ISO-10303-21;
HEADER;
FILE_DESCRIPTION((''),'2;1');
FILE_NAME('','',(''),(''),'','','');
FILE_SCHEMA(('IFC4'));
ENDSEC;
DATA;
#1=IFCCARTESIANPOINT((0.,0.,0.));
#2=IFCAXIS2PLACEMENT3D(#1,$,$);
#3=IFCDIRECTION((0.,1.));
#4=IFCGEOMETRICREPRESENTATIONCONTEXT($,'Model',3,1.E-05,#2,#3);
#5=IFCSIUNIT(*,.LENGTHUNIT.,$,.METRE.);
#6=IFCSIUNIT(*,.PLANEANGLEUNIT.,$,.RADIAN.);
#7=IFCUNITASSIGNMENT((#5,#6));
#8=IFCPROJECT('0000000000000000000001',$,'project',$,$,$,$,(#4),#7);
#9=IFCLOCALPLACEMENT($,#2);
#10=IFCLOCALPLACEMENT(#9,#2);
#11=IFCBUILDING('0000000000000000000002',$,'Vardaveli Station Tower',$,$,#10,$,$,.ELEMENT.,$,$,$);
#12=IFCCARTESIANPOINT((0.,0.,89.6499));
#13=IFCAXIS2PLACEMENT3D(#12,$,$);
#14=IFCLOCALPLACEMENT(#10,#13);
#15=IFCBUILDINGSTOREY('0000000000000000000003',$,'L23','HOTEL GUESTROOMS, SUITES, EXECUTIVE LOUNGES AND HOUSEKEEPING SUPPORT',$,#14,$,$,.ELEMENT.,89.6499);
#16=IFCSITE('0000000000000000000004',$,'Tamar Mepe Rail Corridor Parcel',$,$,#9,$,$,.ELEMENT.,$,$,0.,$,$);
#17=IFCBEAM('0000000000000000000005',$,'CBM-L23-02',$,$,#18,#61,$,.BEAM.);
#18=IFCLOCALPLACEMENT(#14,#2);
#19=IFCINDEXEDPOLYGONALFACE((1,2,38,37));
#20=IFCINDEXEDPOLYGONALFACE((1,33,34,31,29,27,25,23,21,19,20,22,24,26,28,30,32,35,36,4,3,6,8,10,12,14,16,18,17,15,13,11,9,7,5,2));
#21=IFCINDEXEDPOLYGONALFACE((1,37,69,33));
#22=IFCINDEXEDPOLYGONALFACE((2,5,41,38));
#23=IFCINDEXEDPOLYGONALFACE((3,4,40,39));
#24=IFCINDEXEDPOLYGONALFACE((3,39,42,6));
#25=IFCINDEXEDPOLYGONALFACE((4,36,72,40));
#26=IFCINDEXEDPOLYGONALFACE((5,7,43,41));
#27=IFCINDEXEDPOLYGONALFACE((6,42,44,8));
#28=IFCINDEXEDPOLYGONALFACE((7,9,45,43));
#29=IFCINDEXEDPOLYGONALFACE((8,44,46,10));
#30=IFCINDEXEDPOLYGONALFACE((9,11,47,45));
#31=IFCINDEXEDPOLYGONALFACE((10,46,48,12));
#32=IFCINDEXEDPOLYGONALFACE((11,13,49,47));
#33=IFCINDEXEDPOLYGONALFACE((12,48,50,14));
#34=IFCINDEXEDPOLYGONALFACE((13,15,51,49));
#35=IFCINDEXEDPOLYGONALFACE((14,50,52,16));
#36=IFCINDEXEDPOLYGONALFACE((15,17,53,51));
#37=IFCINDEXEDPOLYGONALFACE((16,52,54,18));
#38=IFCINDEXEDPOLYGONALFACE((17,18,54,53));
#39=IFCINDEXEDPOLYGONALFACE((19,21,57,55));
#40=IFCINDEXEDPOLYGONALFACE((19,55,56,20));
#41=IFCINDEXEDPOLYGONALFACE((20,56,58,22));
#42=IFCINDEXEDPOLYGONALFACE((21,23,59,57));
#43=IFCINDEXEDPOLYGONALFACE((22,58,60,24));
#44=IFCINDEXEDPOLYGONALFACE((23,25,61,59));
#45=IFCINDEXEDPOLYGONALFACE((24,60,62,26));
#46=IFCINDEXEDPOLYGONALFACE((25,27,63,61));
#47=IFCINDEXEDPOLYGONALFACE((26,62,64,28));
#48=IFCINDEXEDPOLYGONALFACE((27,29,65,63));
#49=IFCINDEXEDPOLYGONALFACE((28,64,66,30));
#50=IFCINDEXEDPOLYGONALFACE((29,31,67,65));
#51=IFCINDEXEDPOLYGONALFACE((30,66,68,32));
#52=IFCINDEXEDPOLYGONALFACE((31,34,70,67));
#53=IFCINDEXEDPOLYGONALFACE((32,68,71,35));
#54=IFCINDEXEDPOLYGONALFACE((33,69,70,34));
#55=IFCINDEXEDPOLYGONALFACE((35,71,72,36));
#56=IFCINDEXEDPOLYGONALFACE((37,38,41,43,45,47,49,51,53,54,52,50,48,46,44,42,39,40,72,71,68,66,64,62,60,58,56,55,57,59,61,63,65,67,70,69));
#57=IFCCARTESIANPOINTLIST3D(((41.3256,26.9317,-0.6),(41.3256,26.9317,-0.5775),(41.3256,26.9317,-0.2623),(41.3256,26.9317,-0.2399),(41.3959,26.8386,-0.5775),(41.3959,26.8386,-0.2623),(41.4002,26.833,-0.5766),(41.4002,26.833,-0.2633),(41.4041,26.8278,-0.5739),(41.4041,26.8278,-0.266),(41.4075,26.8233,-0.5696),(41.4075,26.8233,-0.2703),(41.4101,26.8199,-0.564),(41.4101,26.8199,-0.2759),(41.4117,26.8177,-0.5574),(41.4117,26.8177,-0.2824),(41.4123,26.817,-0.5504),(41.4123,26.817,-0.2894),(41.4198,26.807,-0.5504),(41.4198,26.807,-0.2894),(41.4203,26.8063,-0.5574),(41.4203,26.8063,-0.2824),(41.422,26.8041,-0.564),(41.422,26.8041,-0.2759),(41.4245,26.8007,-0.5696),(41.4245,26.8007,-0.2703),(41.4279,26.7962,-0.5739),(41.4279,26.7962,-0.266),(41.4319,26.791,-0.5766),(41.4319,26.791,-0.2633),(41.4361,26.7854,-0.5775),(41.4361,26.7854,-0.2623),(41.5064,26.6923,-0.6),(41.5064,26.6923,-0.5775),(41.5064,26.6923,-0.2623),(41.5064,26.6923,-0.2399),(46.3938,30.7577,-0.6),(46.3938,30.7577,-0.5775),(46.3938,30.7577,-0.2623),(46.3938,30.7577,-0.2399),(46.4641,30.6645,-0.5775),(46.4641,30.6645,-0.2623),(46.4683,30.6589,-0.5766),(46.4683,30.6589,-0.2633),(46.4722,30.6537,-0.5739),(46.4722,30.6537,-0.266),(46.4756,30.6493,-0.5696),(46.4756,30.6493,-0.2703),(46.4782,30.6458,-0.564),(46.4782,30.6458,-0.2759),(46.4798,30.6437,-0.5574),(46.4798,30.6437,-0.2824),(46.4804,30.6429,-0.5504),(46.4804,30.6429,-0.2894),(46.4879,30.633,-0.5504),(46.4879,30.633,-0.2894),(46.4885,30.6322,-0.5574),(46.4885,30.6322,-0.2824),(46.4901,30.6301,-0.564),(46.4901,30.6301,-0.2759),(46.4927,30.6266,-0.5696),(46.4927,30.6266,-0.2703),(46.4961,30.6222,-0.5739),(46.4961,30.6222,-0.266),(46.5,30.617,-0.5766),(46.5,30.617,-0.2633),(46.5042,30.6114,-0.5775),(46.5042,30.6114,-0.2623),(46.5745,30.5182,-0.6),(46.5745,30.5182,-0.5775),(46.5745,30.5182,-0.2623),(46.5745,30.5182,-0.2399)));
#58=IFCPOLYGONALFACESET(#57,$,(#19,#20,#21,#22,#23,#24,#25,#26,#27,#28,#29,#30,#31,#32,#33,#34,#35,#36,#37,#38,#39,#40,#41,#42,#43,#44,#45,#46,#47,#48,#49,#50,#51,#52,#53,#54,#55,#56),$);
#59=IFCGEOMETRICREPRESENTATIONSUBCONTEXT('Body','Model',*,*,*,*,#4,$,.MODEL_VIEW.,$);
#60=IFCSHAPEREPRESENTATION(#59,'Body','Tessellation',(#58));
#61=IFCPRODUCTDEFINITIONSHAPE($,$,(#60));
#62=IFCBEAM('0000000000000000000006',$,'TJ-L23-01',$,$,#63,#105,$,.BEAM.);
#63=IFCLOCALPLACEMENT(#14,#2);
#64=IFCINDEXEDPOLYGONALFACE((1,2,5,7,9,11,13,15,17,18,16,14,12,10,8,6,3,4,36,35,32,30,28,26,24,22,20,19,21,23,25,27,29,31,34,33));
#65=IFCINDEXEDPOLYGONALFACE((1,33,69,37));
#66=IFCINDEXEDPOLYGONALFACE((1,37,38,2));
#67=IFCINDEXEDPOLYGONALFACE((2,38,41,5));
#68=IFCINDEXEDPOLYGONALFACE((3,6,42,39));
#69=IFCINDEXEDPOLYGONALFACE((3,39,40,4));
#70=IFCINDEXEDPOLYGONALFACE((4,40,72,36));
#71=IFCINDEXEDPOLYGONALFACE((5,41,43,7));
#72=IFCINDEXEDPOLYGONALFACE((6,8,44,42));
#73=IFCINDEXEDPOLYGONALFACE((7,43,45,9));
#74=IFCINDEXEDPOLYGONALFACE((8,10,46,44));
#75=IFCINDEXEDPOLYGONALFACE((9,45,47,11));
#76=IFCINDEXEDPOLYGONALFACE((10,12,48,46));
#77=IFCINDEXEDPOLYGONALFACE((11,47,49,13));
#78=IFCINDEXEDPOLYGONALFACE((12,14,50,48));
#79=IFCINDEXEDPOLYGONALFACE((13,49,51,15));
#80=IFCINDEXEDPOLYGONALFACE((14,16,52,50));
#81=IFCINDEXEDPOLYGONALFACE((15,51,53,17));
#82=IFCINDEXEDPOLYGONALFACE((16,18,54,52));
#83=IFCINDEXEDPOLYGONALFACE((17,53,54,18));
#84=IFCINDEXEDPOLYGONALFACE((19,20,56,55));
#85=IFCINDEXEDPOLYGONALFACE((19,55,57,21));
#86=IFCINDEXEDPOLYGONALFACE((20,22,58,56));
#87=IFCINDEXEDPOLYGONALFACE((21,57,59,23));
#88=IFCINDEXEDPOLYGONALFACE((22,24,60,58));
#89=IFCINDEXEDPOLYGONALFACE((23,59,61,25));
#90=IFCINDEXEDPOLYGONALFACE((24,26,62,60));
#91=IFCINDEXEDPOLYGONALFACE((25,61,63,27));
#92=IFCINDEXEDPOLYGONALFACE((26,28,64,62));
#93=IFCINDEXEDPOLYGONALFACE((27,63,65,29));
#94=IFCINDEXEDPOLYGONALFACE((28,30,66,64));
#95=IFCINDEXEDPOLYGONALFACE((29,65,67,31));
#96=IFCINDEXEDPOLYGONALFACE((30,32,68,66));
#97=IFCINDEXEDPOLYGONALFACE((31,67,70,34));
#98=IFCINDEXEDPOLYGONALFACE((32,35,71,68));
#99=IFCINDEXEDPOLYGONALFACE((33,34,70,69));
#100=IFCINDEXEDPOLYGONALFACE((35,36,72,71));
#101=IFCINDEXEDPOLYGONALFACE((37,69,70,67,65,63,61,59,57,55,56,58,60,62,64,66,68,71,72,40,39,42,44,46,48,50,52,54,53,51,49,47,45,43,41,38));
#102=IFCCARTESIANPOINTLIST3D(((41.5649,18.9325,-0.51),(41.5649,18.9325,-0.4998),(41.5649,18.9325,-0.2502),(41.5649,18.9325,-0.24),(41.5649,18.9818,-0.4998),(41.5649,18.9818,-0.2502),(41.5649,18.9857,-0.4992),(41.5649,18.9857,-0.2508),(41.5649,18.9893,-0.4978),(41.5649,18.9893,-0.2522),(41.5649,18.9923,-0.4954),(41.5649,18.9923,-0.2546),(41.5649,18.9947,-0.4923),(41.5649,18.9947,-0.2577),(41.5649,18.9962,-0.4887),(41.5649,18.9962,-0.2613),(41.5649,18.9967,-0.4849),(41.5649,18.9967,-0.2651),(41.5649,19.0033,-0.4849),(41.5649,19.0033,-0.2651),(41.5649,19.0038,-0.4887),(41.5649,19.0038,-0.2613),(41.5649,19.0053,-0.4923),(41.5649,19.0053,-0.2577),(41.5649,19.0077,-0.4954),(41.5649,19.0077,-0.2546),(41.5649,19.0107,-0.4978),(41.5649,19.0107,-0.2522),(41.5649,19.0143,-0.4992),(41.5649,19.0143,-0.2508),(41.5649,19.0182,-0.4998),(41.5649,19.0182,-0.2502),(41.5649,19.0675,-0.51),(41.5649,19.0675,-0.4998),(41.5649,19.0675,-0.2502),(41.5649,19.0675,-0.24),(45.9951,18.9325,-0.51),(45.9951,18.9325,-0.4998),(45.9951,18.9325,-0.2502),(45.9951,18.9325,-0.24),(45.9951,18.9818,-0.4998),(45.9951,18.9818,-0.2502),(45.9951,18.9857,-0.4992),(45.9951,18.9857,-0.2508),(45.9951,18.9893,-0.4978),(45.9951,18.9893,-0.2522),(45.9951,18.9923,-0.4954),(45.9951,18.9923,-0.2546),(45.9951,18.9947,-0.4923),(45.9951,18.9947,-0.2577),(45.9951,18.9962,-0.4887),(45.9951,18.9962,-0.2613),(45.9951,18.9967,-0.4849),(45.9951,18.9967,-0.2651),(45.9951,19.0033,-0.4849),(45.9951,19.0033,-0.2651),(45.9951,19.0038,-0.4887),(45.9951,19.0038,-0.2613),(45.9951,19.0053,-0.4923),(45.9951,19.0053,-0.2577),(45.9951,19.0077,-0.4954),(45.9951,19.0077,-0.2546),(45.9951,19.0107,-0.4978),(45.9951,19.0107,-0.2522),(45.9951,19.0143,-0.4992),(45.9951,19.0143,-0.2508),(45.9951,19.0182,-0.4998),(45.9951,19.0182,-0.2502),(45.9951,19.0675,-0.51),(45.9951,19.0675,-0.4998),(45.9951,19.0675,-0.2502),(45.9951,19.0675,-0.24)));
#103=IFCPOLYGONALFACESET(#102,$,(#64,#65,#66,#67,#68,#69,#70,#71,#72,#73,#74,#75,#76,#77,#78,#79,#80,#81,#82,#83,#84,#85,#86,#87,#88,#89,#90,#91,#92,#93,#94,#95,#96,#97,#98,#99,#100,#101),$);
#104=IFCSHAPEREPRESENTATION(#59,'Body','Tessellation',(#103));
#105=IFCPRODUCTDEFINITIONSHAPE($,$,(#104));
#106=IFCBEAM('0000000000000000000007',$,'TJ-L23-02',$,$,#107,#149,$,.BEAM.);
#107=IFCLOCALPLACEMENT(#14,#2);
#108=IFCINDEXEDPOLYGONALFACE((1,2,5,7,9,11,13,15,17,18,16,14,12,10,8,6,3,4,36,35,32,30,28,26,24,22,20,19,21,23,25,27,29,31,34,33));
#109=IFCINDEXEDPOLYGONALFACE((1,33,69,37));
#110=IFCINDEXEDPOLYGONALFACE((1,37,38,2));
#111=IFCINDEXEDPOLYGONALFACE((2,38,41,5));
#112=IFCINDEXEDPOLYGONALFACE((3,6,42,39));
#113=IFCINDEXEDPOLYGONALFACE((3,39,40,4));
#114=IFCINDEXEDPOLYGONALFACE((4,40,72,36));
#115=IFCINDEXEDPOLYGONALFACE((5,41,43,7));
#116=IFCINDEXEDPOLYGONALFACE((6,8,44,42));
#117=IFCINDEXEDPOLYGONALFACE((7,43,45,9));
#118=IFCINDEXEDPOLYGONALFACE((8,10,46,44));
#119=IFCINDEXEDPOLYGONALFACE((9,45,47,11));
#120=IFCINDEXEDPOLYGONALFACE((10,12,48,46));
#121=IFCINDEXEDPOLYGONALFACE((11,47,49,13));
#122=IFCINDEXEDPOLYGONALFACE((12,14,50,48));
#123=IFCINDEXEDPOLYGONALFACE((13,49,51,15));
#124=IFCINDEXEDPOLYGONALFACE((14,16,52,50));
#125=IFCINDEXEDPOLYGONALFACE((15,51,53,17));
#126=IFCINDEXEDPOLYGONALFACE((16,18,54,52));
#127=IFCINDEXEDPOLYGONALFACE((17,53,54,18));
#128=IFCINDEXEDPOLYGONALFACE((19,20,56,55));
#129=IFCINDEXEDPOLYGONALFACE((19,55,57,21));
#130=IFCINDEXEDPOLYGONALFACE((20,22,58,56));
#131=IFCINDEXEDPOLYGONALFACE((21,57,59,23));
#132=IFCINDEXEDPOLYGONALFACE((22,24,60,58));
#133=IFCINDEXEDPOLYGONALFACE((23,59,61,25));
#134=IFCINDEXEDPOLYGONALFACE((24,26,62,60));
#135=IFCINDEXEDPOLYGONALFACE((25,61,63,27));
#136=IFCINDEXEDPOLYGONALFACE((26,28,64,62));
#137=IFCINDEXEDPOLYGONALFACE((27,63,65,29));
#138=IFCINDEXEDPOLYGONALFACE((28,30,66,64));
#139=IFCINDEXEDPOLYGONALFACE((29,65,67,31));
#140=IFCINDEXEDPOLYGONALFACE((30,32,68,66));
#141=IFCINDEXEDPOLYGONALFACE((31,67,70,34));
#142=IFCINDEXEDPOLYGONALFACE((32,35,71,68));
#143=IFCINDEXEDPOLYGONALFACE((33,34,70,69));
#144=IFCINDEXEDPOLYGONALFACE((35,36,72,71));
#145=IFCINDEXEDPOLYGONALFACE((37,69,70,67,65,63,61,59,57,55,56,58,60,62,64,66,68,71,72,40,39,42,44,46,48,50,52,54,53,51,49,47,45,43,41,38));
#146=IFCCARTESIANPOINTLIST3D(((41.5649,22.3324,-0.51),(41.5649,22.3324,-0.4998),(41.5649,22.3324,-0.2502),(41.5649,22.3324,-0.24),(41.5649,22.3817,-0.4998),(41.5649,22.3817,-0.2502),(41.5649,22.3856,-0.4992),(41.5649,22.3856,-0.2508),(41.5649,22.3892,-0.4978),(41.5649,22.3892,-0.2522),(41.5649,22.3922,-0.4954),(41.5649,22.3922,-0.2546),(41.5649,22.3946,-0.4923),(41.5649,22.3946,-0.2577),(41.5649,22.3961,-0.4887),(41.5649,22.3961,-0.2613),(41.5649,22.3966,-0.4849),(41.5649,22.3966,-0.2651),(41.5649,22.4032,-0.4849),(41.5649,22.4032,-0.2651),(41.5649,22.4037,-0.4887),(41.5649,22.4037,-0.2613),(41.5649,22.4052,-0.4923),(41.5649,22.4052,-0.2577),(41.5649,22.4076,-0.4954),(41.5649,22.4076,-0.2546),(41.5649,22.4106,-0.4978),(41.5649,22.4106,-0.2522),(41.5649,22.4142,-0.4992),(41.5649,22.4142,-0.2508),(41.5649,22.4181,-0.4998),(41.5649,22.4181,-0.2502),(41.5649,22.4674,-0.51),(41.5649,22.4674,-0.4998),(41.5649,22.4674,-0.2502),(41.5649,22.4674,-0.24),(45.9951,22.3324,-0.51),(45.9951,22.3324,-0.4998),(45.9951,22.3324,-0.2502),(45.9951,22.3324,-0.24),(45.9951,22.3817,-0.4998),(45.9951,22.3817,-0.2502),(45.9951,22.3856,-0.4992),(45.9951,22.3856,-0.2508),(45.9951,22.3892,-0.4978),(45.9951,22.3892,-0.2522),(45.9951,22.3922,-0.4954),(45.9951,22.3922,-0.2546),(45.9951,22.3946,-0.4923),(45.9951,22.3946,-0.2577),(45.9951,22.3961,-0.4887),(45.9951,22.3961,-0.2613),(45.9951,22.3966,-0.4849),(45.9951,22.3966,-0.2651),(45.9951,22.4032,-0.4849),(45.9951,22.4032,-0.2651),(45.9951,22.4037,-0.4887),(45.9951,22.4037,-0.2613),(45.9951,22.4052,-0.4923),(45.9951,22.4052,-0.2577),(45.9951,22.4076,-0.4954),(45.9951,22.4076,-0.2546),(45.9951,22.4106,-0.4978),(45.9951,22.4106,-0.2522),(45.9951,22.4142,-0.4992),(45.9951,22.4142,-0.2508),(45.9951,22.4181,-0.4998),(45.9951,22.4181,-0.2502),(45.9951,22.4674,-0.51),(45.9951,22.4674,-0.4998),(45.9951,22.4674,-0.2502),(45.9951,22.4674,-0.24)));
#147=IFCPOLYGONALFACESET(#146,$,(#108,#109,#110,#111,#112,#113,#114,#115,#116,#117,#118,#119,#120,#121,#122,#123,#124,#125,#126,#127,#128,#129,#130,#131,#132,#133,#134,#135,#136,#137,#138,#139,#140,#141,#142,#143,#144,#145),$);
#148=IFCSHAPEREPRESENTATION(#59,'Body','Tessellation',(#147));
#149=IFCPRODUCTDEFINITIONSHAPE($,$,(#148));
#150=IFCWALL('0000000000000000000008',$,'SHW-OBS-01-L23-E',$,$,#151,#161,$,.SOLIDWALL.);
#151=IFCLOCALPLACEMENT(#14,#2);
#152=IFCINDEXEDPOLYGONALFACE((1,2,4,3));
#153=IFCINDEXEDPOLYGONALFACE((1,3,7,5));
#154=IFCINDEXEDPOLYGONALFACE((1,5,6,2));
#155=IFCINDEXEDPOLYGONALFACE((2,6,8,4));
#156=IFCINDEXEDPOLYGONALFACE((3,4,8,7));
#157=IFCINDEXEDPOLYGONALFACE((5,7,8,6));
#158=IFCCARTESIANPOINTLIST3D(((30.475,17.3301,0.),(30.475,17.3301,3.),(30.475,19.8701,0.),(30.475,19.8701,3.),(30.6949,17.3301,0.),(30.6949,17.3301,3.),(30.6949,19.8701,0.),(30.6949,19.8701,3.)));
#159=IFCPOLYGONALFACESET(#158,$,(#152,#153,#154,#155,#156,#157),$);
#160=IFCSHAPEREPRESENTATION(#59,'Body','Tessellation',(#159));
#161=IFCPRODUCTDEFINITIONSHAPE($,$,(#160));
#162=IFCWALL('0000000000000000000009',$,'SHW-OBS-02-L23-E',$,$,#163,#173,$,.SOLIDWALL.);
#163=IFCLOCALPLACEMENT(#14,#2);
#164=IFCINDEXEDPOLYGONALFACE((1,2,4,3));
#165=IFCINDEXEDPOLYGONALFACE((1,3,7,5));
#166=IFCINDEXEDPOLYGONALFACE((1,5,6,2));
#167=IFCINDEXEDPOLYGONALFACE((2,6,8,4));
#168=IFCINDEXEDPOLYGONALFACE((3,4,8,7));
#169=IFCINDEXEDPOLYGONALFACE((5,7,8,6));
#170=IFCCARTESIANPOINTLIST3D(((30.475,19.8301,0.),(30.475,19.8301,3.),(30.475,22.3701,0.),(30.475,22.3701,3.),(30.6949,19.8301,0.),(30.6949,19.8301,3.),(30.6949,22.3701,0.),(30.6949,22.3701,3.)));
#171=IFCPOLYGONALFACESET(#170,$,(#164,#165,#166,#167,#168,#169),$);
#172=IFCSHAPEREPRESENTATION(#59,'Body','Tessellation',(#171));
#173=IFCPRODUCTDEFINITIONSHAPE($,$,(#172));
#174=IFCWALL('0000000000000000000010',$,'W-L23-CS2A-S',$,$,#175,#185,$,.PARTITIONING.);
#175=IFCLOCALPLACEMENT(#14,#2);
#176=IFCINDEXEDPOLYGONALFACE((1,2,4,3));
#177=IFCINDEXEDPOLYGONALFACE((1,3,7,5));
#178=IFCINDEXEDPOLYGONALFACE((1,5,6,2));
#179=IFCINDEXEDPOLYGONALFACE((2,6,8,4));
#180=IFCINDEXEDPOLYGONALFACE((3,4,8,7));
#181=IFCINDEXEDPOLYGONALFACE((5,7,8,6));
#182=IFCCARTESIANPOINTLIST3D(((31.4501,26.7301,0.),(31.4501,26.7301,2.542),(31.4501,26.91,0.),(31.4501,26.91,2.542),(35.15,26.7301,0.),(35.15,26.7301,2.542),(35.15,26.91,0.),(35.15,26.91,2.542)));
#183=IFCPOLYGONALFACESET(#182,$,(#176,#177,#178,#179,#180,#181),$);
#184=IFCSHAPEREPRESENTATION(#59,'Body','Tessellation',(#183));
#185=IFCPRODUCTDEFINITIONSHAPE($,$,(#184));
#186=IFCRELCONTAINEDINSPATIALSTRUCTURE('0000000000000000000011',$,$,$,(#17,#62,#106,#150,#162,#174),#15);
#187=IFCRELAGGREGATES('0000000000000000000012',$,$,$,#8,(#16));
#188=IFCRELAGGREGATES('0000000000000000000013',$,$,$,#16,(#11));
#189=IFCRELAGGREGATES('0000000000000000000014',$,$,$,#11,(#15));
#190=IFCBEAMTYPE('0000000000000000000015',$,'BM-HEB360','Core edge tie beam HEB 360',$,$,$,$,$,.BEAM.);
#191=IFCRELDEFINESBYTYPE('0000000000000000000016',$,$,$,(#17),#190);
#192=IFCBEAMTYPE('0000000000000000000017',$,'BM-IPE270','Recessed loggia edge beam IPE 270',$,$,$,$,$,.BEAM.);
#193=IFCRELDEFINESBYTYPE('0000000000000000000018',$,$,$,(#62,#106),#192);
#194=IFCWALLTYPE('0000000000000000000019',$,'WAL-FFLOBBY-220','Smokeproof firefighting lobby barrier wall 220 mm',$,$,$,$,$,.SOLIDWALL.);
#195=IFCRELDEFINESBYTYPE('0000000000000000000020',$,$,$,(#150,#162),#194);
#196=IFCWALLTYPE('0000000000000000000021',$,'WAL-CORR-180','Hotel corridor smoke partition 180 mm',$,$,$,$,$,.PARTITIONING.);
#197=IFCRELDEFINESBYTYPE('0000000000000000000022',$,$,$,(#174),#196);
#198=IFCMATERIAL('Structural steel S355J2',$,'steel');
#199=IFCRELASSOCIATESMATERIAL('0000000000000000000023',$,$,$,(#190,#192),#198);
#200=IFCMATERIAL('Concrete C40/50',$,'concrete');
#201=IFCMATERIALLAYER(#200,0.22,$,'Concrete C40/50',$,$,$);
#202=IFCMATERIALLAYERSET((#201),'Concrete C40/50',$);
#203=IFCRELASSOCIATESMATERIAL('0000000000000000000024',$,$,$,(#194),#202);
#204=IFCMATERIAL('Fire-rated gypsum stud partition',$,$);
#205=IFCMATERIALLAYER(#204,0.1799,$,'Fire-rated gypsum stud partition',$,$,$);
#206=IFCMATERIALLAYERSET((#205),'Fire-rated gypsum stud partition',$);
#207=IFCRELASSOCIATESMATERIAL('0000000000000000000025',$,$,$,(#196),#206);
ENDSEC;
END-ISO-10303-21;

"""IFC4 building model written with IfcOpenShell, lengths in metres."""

from ifc_helpers import new_model, si_unit, direction, frame, frame_2d, origin, origin_2d, place, context, subcontext, project, spatial, rectangle, i_section, extrude, source, transform, mapped, material, layer, layer_set, material_profile, profile_set, type_object, element, save


model = new_model("IFC4")

# Units and contexts
model_context = context("Model", 3, precision=1e-05, world=origin(), true_north=direction((0.0, 1.0)))
body_context = subcontext(model_context, "Body", "Model", "MODEL_VIEW")
ifc_project = project(units=[si_unit("LENGTHUNIT", "METRE"), si_unit("PLANEANGLEUNIT", "RADIAN")], contexts=[model_context])

# Site, building, storey
site_placement = place(None, origin())
site = spatial("IfcSite", under=ifc_project, at=site_placement, Name="Tamar Mepe Rail Corridor Parcel", CompositionType="ELEMENT", RefElevation=0.0)
building_placement = place(site_placement, origin())
building = spatial("IfcBuilding", under=site, at=building_placement, Name="Vardaveli Station Tower", CompositionType="ELEMENT")
storey_placement = place(building_placement, frame((0.0, 0.0, 89.6499)))
storey = spatial("IfcBuildingStorey", under=building, at=storey_placement, Name="L23", Description="HOTEL GUESTROOMS, SUITES, EXECUTIVE LOUNGES AND HOUSEKEEPING SUPPORT", CompositionType="ELEMENT", Elevation=89.6499)

# Beams
ifc_material_1 = material(Name="Structural steel S355J2", Category="steel")
ifc_material_profile_1 = material_profile(ifc_material_1, i_section(OverallWidth=0.3, OverallDepth=0.3601, WebThickness=0.0125, FlangeThickness=0.0225, FilletRadius=0.0271, at=origin_2d()), Name="HEB 360")
ifc_profile_set_1 = profile_set([ifc_material_profile_1], Name="Structural steel S355J2")
beam_type_1 = type_object("IfcBeamType", Name="BM-HEB360", Description="Core edge tie beam HEB 360", PredefinedType="BEAM", material=ifc_profile_set_1)
shared_shape_1 = source(origin(), body_context, "Body", "SweptSolid", [
    extrude(i_section(OverallWidth=0.3, OverallDepth=0.3601, WebThickness=0.0125, FlangeThickness=0.0225, FilletRadius=0.0271, at=origin_2d()), origin(), (0.0, 0.0, 1.0), 6.3501),
])
beam_1_placement = place(storey_placement, frame((41.416, 26.812, -0.4199), z_axis=(0.798118, 0.602501, 0.0), x_axis=(-0.602501, 0.798118, 0.0)))
element("IfcBeam", 1, at=beam_1_placement, inside=storey, type_object=beam_type_1, Name="CBM-L23-02", PredefinedType="BEAM", context=body_context, shape_type="MappedRepresentation", body=[
    mapped(shared_shape_1, transform((0.0, 0.0, 0.0), scale=1.0)),
])
ifc_material_profile_2 = material_profile(ifc_material_1, i_section(OverallWidth=0.135, OverallDepth=0.27, WebThickness=0.0066, FlangeThickness=0.0103, FilletRadius=0.0149, at=origin_2d()), Name="IPE 270")
ifc_profile_set_2 = profile_set([ifc_material_profile_2], Name="Structural steel S355J2")
beam_type_2 = type_object("IfcBeamType", Name="BM-IPE270", Description="Recessed loggia edge beam IPE 270", PredefinedType="BEAM", material=ifc_profile_set_2)
shared_shape_2 = source(origin(), body_context, "Body", "SweptSolid", [
    extrude(i_section(OverallWidth=0.135, OverallDepth=0.27, WebThickness=0.0066, FlangeThickness=0.0103, FilletRadius=0.0149, at=origin_2d()), origin(), (0.0, 0.0, 1.0), 4.4302),
])
for number, where, z_axis, x_axis, name in (
    (2, (41.5649, 19.0, -0.375), (1.0, 0.0, 0.0), (0.0, 1.0, 0.0), "TJ-L23-01"),
    (3, (41.5649, 22.3999, -0.375), (1.0, 0.0, 0.0), (0.0, 1.0, 0.0), "TJ-L23-02"),
):
    element("IfcBeam", number, at=place(storey_placement, frame(where, z_axis=z_axis, x_axis=x_axis)), inside=storey, type_object=beam_type_2, Name=name, PredefinedType="BEAM", context=body_context, shape_type="MappedRepresentation", body=[
        mapped(shared_shape_2, transform((0.0, 0.0, 0.0), scale=1.0)),
    ])

# Walls
ifc_material_2 = material(Name="Concrete C40/50", Category="concrete")
ifc_layer_1 = layer(ifc_material_2, 0.22, Name="Concrete C40/50")
ifc_layer_set_1 = layer_set([ifc_layer_1], Name="Concrete C40/50")
wall_type_1 = type_object("IfcWallType", Name="WAL-FFLOBBY-220", Description="Smokeproof firefighting lobby barrier wall 220 mm", PredefinedType="SOLIDWALL", material=ifc_layer_set_1)
shared_shape_3 = source(origin(), body_context, "Body", "SweptSolid", [
    extrude(rectangle(XDim=2.54, YDim=0.22, at=frame_2d((1.27, 0.0))), origin(), (0.0, 0.0, 1.0), 3.0),
])
for number, where, z_axis, x_axis, name in (
    (4, (30.585, 17.3301, 0.0), (0.0, 0.0, 1.0), (0.0, 1.0, 0.0), "SHW-OBS-01-L23-E"),
    (5, (30.585, 19.8301, 0.0), (0.0, 0.0, 1.0), (0.0, 1.0, 0.0), "SHW-OBS-02-L23-E"),
):
    element("IfcWall", number, at=place(storey_placement, frame(where, z_axis=z_axis, x_axis=x_axis)), inside=storey, type_object=wall_type_1, Name=name, PredefinedType="SOLIDWALL", context=body_context, shape_type="MappedRepresentation", body=[
        mapped(shared_shape_3, transform((0.0, 0.0, 0.0), scale=1.0)),
    ])
ifc_material_3 = material(Name="Fire-rated gypsum stud partition")
ifc_layer_2 = layer(ifc_material_3, 0.1799, Name="Fire-rated gypsum stud partition")
ifc_layer_set_2 = layer_set([ifc_layer_2], Name="Fire-rated gypsum stud partition")
wall_type_2 = type_object("IfcWallType", Name="WAL-CORR-180", Description="Hotel corridor smoke partition 180 mm", PredefinedType="PARTITIONING", material=ifc_layer_set_2)
shared_shape_4 = source(origin(), body_context, "Body", "SweptSolid", [
    extrude(rectangle(XDim=3.7, YDim=0.1799, at=frame_2d((1.8501, 0.0))), origin(), (0.0, 0.0, 1.0), 2.542),
])
wall_1_placement = place(storey_placement, frame((31.45, 26.8201, 0.0), z_axis=(0.0, 0.0, 1.0), x_axis=(1.0, 0.0, 0.0)))
element("IfcWall", 6, at=wall_1_placement, inside=storey, type_object=wall_type_2, Name="W-L23-CS2A-S", PredefinedType="PARTITIONING", context=body_context, shape_type="MappedRepresentation", body=[
    mapped(shared_shape_4, transform((0.0, 0.0, 0.0), scale=1.0)),
])

save(model, "model.ifc")
